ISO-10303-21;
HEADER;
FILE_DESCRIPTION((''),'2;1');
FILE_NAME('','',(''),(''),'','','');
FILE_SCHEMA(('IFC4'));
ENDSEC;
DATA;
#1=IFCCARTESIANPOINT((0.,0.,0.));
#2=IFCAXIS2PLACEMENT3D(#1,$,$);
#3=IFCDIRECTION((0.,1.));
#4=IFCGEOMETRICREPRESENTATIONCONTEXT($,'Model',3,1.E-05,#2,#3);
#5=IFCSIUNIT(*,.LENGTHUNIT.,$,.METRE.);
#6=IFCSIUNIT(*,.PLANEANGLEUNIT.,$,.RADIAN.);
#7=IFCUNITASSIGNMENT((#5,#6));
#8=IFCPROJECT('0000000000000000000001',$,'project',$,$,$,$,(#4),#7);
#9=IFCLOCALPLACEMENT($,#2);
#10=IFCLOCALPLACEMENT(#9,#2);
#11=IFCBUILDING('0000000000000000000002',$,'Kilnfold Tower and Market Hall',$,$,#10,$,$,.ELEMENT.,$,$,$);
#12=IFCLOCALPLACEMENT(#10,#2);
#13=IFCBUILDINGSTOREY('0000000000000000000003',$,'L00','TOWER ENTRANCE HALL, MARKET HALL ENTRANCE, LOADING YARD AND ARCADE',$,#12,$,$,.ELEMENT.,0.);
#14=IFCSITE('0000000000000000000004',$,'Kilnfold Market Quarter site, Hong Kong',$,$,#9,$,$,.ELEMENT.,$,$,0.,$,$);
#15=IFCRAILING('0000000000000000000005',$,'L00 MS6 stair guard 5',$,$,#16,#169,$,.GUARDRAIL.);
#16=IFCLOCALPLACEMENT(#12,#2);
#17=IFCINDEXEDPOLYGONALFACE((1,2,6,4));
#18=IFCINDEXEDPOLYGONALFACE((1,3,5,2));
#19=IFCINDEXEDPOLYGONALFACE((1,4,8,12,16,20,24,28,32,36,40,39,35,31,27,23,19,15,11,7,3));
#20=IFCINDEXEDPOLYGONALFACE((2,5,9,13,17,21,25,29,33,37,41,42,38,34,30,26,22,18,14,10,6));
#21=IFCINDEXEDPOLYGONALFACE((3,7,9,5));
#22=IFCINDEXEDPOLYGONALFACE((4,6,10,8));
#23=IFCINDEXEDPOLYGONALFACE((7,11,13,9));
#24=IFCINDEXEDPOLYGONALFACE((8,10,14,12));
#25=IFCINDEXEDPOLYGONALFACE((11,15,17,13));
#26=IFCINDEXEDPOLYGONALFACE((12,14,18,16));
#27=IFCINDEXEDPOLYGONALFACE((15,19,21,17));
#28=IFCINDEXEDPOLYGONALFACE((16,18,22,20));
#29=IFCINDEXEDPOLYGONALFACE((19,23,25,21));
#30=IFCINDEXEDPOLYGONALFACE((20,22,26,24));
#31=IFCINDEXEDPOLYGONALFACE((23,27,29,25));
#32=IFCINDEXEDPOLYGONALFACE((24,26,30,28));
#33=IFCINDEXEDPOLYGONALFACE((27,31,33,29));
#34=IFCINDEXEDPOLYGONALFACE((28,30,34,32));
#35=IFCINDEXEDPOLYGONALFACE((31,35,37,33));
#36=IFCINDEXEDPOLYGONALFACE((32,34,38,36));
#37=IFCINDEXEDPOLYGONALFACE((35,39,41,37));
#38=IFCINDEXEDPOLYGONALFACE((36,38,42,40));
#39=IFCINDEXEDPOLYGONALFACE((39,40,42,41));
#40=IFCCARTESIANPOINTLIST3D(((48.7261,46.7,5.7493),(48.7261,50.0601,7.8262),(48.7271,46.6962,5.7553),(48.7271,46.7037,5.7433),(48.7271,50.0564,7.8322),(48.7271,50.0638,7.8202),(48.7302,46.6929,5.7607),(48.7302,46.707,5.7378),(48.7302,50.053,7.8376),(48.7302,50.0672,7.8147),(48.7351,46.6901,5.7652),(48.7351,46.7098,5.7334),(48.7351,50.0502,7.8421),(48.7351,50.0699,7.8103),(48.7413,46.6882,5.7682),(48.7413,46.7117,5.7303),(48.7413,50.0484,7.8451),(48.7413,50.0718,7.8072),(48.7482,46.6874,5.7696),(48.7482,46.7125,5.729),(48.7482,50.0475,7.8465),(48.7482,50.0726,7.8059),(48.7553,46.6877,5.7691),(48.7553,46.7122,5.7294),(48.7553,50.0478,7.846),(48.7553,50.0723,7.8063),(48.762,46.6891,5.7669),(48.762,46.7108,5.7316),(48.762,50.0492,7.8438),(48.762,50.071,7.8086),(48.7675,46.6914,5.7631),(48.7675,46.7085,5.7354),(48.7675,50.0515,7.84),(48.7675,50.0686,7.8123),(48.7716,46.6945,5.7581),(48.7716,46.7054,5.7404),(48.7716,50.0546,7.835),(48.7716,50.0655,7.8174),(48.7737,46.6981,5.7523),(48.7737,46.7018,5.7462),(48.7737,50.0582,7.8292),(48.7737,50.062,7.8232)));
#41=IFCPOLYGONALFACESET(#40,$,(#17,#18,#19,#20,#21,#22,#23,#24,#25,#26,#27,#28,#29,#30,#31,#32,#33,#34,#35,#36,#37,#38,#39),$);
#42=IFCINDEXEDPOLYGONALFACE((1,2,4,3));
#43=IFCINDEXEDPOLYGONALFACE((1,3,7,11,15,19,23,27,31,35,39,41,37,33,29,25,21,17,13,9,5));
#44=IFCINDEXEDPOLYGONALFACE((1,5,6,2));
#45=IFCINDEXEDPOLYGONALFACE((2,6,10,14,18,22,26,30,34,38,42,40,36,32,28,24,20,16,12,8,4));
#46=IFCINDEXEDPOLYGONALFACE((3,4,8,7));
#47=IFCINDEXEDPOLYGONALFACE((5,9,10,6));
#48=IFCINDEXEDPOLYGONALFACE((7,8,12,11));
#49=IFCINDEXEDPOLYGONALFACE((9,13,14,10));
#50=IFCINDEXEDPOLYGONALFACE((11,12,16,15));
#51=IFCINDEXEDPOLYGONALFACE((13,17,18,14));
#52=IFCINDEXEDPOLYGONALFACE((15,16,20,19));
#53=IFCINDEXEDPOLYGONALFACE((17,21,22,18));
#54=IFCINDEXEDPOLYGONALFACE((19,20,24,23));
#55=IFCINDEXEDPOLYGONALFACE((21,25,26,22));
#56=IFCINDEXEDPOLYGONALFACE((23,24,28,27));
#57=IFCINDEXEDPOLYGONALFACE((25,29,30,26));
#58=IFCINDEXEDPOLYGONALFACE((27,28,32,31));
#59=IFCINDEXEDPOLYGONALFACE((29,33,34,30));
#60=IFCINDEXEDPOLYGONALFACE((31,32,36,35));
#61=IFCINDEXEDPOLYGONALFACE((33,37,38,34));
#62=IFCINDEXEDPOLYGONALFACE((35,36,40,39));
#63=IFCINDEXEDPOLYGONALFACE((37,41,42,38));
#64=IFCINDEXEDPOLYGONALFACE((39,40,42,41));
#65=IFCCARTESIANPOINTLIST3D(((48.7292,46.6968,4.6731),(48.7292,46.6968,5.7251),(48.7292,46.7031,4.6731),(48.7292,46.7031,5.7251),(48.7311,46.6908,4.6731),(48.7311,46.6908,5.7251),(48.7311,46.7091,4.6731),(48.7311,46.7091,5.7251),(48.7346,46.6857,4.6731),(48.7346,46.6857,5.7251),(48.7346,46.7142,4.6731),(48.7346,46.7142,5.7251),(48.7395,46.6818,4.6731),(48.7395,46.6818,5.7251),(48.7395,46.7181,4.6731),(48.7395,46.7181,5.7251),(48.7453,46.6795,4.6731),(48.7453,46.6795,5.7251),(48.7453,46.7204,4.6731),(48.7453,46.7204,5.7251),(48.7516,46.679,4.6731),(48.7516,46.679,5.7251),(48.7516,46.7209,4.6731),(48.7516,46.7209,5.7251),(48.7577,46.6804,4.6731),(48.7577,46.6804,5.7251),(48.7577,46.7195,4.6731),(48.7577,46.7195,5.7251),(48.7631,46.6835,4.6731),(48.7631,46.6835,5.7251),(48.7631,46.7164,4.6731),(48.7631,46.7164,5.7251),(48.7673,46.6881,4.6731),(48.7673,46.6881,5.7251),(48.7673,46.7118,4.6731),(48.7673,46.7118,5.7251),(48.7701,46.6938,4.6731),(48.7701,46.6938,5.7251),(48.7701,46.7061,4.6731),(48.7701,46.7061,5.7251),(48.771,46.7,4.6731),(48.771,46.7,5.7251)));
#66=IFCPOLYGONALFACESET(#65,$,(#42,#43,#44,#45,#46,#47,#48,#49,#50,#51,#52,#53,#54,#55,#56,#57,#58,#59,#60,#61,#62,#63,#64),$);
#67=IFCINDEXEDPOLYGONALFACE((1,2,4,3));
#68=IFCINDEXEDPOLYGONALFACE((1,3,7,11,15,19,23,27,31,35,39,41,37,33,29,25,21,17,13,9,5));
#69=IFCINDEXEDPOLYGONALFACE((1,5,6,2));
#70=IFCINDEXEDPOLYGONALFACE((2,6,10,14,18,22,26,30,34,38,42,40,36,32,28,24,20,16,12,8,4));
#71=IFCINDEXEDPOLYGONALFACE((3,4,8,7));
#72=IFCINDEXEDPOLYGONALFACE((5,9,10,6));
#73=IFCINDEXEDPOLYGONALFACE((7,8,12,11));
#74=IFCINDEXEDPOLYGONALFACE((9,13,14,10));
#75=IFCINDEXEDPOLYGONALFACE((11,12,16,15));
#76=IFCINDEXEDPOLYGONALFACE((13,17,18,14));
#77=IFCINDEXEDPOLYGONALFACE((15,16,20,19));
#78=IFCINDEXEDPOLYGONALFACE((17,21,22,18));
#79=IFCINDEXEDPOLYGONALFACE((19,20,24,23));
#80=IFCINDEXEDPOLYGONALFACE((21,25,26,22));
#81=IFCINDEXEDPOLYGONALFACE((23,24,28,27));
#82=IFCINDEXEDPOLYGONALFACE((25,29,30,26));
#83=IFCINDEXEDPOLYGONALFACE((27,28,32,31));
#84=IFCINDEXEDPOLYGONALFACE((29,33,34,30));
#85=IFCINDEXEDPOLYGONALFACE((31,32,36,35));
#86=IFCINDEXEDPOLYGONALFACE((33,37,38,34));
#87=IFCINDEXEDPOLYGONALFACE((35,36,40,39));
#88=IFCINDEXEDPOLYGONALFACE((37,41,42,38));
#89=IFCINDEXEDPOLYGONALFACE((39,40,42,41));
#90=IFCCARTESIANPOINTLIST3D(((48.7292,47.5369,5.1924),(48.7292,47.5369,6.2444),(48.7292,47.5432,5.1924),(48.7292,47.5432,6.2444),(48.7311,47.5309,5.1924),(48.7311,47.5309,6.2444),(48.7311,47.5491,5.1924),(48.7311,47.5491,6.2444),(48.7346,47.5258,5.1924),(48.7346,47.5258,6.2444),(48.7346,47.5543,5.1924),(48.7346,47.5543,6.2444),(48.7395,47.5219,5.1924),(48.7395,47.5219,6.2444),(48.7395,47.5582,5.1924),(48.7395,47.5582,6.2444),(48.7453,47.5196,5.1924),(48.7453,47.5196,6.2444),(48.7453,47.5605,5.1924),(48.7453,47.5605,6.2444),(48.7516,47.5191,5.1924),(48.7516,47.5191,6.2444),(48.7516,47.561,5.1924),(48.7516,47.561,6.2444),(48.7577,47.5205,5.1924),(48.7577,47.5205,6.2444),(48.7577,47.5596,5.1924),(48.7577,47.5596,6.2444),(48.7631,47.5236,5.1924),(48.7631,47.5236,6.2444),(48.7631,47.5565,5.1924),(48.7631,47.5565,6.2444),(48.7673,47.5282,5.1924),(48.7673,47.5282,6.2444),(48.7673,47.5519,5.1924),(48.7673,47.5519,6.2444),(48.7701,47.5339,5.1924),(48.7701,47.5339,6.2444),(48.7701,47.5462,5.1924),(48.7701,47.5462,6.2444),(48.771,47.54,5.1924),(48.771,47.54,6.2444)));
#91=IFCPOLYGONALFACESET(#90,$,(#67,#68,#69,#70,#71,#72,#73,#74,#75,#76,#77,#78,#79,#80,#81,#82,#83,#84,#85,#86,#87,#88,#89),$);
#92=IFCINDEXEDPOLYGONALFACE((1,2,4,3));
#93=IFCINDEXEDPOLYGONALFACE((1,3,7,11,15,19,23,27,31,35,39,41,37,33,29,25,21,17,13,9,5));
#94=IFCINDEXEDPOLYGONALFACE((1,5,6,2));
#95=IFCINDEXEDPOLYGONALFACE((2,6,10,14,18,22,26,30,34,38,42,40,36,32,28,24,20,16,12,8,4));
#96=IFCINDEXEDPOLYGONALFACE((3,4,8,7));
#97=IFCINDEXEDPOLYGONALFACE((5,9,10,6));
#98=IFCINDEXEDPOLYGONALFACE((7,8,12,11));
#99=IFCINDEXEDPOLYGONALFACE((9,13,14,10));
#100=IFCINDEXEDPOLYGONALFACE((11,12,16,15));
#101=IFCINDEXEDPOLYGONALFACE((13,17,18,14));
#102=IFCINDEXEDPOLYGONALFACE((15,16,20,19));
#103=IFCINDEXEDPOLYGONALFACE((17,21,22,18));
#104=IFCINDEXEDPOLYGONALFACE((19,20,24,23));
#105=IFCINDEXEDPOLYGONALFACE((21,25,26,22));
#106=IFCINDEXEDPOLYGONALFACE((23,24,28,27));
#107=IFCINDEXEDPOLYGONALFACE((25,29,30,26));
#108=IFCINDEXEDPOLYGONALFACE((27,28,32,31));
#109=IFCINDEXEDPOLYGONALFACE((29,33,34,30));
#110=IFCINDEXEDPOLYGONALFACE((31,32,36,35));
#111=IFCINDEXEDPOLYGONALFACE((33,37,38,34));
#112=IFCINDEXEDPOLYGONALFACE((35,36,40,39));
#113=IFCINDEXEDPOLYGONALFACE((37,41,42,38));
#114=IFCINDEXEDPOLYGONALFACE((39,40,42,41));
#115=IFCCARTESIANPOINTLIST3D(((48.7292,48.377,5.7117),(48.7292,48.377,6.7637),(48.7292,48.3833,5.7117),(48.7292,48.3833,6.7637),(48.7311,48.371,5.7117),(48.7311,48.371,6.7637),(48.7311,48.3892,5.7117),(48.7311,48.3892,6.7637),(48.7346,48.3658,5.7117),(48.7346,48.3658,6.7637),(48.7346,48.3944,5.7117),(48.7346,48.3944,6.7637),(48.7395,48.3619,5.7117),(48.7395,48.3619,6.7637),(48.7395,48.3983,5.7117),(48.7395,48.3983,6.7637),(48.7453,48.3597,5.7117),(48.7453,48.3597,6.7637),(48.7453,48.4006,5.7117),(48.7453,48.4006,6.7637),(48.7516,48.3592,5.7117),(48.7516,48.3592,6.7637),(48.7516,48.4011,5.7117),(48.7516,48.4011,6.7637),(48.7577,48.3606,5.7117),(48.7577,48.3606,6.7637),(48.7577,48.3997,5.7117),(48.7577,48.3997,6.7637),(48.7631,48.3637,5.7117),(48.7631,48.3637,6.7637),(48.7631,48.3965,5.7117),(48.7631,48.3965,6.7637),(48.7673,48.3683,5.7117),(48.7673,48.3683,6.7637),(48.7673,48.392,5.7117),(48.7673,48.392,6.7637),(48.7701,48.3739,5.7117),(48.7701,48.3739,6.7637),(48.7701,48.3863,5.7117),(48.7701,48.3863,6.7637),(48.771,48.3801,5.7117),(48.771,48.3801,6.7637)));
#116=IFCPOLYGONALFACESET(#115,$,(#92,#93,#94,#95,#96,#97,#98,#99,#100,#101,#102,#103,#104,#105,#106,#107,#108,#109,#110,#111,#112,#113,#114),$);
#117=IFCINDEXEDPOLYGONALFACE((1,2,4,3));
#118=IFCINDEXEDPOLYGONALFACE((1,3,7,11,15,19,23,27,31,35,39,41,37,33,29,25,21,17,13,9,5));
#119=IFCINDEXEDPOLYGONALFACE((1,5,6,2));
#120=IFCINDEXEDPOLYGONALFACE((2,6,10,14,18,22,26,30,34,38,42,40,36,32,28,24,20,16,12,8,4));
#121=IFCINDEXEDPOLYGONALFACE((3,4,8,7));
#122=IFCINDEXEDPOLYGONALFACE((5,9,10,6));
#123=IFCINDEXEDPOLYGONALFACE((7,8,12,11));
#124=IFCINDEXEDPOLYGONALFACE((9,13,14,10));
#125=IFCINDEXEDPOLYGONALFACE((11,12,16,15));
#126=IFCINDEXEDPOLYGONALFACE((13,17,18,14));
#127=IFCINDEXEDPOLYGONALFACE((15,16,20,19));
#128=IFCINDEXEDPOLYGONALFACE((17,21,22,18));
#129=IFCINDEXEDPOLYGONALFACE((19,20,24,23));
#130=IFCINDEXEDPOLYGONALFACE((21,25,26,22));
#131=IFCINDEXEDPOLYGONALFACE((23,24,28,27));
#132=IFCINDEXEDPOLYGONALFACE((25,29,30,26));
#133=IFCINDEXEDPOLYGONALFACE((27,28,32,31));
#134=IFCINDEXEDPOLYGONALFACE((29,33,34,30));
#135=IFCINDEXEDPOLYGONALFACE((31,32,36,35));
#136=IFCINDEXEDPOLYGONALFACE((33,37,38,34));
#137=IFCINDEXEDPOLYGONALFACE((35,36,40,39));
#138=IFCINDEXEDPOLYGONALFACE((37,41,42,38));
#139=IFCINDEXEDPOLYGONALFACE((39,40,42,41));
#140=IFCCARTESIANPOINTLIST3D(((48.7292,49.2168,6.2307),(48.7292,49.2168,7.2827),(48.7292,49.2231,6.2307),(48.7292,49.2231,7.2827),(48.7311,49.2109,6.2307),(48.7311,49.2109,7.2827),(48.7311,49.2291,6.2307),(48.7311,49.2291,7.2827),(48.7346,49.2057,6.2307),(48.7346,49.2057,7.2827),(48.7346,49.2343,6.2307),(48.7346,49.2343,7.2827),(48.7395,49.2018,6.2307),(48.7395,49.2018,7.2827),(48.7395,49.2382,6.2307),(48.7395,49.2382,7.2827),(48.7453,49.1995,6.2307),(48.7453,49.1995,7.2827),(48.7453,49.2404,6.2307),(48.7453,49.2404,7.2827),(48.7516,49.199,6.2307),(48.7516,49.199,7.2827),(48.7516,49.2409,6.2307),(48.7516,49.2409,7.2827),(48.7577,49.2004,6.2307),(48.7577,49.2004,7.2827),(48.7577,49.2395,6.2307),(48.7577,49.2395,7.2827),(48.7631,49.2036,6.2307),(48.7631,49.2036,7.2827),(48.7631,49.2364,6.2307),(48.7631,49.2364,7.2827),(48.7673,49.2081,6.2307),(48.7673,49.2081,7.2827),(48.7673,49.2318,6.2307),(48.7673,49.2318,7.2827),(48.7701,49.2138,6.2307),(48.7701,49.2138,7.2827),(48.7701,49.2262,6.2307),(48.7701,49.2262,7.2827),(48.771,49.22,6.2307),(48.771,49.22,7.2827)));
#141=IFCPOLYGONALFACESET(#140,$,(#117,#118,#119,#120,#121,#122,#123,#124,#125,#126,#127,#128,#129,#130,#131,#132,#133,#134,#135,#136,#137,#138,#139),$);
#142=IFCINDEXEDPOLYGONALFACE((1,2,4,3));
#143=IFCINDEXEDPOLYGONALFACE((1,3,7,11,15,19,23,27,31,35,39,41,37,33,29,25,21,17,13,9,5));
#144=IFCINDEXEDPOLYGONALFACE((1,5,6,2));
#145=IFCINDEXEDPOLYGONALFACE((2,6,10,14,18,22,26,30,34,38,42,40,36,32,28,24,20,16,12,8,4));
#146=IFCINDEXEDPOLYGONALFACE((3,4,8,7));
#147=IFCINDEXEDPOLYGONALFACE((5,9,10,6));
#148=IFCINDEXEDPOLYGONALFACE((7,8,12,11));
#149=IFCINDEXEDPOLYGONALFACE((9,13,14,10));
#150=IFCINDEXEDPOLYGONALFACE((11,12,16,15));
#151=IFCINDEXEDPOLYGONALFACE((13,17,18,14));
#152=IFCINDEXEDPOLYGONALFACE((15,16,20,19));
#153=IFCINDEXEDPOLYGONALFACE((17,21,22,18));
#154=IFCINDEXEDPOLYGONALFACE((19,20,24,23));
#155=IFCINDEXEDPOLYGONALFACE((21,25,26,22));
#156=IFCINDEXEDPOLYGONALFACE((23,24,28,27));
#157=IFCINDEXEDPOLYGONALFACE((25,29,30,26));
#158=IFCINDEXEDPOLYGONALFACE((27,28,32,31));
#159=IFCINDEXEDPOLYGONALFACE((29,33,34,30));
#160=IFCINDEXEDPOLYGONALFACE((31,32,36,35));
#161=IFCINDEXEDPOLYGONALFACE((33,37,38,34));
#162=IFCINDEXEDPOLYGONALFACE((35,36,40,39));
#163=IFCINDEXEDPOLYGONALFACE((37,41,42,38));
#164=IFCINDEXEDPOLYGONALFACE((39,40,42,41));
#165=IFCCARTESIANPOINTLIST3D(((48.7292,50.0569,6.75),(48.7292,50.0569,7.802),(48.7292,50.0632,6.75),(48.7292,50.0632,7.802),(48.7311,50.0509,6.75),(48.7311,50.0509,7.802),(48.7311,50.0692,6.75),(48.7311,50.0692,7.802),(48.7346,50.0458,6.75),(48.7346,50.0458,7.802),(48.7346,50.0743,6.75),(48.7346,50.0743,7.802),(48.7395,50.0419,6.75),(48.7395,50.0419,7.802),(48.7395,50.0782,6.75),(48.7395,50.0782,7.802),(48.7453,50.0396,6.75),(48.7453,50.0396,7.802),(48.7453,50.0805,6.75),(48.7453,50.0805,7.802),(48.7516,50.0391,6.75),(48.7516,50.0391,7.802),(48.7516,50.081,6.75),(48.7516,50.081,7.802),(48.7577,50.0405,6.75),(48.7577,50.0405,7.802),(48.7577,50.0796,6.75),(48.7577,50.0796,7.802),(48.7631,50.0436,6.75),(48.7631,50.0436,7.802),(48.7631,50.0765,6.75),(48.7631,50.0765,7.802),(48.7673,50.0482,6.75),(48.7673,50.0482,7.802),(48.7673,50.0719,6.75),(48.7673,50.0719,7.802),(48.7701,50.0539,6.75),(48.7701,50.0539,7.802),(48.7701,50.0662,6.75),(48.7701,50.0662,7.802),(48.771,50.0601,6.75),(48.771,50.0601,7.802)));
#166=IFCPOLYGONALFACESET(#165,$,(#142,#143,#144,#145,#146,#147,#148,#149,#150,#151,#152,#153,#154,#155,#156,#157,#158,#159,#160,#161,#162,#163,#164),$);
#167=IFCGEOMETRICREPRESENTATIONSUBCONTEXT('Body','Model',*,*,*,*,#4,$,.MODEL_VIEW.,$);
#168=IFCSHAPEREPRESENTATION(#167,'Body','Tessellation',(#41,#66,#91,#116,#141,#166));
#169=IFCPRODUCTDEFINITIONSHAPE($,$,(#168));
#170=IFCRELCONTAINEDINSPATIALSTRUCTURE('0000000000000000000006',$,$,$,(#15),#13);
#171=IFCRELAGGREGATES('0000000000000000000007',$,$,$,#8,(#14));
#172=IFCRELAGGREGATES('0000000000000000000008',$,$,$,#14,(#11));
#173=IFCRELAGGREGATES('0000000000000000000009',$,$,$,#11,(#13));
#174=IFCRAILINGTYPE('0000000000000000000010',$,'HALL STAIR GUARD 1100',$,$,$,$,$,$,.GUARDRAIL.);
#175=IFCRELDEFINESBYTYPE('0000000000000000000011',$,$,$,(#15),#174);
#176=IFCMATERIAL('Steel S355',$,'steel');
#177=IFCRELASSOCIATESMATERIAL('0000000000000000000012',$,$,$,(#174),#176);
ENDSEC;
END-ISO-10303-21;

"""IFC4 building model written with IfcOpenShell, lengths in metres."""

from ifc_helpers import new_model, si_unit, direction, frame, origin, origin_2d, place, context, subcontext, project, spatial, circle, extrude, material, type_object, element, save


model = new_model("IFC4")

# Units and contexts
model_context = context("Model", 3, precision=1e-05, world=origin(), true_north=direction((0.0, 1.0)))
body_context = subcontext(model_context, "Body", "Model", "MODEL_VIEW")
ifc_project = project(units=[si_unit("LENGTHUNIT", "METRE"), si_unit("PLANEANGLEUNIT", "RADIAN")], contexts=[model_context])

# Site, building, storey
site_placement = place(None, origin())
site = spatial("IfcSite", under=ifc_project, at=site_placement, Name="Kilnfold Market Quarter site, Hong Kong", CompositionType="ELEMENT", RefElevation=0.0)
building_placement = place(site_placement, origin())
building = spatial("IfcBuilding", under=site, at=building_placement, Name="Kilnfold Tower and Market Hall", CompositionType="ELEMENT")
storey_placement = place(building_placement, origin())
storey = spatial("IfcBuildingStorey", under=building, at=storey_placement, Name="L00", Description="TOWER ENTRANCE HALL, MARKET HALL ENTRANCE, LOADING YARD AND ARCADE", CompositionType="ELEMENT", Elevation=0.0)

# Railing
ifc_material_1 = material(Name="Steel S355", Category="steel")
railing_type_1 = type_object("IfcRailingType", Name="HALL STAIR GUARD 1100", PredefinedType="GUARDRAIL", material=ifc_material_1)
railing_1_placement = place(storey_placement, frame((48.75, 46.7, 4.6731)))
element("IfcRailing", 1, at=railing_1_placement, inside=storey, type_object=railing_type_1, Name="L00 MS6 stair guard 5", PredefinedType="GUARDRAIL", context=body_context, shape_type="SweptSolid", body=[
    extrude(circle(Radius=0.0239, at=origin_2d()), frame((0.0, 0.0, 1.0762), z_axis=(0.0, 0.850623, 0.525776), x_axis=(-1.0, 0.0, 0.0)), (0.0, 0.0, 1.0), 3.9502),
    extrude(circle(Radius=0.021, at=origin_2d()), origin(), (0.0, 0.0, 1.0), 1.052),
    extrude(circle(Radius=0.021, at=origin_2d()), frame((0.0, 0.8401, 0.5193)), (0.0, 0.0, 1.0), 1.052),
    extrude(circle(Radius=0.021, at=origin_2d()), frame((0.0, 1.6802, 1.0386)), (0.0, 0.0, 1.0), 1.052),
    extrude(circle(Radius=0.021, at=origin_2d()), frame((0.0, 2.52, 1.5576)), (0.0, 0.0, 1.0), 1.052),
    extrude(circle(Radius=0.021, at=origin_2d()), frame((0.0, 3.3601, 2.0769)), (0.0, 0.0, 1.0), 1.052),
])

save(model, "model.ifc")
